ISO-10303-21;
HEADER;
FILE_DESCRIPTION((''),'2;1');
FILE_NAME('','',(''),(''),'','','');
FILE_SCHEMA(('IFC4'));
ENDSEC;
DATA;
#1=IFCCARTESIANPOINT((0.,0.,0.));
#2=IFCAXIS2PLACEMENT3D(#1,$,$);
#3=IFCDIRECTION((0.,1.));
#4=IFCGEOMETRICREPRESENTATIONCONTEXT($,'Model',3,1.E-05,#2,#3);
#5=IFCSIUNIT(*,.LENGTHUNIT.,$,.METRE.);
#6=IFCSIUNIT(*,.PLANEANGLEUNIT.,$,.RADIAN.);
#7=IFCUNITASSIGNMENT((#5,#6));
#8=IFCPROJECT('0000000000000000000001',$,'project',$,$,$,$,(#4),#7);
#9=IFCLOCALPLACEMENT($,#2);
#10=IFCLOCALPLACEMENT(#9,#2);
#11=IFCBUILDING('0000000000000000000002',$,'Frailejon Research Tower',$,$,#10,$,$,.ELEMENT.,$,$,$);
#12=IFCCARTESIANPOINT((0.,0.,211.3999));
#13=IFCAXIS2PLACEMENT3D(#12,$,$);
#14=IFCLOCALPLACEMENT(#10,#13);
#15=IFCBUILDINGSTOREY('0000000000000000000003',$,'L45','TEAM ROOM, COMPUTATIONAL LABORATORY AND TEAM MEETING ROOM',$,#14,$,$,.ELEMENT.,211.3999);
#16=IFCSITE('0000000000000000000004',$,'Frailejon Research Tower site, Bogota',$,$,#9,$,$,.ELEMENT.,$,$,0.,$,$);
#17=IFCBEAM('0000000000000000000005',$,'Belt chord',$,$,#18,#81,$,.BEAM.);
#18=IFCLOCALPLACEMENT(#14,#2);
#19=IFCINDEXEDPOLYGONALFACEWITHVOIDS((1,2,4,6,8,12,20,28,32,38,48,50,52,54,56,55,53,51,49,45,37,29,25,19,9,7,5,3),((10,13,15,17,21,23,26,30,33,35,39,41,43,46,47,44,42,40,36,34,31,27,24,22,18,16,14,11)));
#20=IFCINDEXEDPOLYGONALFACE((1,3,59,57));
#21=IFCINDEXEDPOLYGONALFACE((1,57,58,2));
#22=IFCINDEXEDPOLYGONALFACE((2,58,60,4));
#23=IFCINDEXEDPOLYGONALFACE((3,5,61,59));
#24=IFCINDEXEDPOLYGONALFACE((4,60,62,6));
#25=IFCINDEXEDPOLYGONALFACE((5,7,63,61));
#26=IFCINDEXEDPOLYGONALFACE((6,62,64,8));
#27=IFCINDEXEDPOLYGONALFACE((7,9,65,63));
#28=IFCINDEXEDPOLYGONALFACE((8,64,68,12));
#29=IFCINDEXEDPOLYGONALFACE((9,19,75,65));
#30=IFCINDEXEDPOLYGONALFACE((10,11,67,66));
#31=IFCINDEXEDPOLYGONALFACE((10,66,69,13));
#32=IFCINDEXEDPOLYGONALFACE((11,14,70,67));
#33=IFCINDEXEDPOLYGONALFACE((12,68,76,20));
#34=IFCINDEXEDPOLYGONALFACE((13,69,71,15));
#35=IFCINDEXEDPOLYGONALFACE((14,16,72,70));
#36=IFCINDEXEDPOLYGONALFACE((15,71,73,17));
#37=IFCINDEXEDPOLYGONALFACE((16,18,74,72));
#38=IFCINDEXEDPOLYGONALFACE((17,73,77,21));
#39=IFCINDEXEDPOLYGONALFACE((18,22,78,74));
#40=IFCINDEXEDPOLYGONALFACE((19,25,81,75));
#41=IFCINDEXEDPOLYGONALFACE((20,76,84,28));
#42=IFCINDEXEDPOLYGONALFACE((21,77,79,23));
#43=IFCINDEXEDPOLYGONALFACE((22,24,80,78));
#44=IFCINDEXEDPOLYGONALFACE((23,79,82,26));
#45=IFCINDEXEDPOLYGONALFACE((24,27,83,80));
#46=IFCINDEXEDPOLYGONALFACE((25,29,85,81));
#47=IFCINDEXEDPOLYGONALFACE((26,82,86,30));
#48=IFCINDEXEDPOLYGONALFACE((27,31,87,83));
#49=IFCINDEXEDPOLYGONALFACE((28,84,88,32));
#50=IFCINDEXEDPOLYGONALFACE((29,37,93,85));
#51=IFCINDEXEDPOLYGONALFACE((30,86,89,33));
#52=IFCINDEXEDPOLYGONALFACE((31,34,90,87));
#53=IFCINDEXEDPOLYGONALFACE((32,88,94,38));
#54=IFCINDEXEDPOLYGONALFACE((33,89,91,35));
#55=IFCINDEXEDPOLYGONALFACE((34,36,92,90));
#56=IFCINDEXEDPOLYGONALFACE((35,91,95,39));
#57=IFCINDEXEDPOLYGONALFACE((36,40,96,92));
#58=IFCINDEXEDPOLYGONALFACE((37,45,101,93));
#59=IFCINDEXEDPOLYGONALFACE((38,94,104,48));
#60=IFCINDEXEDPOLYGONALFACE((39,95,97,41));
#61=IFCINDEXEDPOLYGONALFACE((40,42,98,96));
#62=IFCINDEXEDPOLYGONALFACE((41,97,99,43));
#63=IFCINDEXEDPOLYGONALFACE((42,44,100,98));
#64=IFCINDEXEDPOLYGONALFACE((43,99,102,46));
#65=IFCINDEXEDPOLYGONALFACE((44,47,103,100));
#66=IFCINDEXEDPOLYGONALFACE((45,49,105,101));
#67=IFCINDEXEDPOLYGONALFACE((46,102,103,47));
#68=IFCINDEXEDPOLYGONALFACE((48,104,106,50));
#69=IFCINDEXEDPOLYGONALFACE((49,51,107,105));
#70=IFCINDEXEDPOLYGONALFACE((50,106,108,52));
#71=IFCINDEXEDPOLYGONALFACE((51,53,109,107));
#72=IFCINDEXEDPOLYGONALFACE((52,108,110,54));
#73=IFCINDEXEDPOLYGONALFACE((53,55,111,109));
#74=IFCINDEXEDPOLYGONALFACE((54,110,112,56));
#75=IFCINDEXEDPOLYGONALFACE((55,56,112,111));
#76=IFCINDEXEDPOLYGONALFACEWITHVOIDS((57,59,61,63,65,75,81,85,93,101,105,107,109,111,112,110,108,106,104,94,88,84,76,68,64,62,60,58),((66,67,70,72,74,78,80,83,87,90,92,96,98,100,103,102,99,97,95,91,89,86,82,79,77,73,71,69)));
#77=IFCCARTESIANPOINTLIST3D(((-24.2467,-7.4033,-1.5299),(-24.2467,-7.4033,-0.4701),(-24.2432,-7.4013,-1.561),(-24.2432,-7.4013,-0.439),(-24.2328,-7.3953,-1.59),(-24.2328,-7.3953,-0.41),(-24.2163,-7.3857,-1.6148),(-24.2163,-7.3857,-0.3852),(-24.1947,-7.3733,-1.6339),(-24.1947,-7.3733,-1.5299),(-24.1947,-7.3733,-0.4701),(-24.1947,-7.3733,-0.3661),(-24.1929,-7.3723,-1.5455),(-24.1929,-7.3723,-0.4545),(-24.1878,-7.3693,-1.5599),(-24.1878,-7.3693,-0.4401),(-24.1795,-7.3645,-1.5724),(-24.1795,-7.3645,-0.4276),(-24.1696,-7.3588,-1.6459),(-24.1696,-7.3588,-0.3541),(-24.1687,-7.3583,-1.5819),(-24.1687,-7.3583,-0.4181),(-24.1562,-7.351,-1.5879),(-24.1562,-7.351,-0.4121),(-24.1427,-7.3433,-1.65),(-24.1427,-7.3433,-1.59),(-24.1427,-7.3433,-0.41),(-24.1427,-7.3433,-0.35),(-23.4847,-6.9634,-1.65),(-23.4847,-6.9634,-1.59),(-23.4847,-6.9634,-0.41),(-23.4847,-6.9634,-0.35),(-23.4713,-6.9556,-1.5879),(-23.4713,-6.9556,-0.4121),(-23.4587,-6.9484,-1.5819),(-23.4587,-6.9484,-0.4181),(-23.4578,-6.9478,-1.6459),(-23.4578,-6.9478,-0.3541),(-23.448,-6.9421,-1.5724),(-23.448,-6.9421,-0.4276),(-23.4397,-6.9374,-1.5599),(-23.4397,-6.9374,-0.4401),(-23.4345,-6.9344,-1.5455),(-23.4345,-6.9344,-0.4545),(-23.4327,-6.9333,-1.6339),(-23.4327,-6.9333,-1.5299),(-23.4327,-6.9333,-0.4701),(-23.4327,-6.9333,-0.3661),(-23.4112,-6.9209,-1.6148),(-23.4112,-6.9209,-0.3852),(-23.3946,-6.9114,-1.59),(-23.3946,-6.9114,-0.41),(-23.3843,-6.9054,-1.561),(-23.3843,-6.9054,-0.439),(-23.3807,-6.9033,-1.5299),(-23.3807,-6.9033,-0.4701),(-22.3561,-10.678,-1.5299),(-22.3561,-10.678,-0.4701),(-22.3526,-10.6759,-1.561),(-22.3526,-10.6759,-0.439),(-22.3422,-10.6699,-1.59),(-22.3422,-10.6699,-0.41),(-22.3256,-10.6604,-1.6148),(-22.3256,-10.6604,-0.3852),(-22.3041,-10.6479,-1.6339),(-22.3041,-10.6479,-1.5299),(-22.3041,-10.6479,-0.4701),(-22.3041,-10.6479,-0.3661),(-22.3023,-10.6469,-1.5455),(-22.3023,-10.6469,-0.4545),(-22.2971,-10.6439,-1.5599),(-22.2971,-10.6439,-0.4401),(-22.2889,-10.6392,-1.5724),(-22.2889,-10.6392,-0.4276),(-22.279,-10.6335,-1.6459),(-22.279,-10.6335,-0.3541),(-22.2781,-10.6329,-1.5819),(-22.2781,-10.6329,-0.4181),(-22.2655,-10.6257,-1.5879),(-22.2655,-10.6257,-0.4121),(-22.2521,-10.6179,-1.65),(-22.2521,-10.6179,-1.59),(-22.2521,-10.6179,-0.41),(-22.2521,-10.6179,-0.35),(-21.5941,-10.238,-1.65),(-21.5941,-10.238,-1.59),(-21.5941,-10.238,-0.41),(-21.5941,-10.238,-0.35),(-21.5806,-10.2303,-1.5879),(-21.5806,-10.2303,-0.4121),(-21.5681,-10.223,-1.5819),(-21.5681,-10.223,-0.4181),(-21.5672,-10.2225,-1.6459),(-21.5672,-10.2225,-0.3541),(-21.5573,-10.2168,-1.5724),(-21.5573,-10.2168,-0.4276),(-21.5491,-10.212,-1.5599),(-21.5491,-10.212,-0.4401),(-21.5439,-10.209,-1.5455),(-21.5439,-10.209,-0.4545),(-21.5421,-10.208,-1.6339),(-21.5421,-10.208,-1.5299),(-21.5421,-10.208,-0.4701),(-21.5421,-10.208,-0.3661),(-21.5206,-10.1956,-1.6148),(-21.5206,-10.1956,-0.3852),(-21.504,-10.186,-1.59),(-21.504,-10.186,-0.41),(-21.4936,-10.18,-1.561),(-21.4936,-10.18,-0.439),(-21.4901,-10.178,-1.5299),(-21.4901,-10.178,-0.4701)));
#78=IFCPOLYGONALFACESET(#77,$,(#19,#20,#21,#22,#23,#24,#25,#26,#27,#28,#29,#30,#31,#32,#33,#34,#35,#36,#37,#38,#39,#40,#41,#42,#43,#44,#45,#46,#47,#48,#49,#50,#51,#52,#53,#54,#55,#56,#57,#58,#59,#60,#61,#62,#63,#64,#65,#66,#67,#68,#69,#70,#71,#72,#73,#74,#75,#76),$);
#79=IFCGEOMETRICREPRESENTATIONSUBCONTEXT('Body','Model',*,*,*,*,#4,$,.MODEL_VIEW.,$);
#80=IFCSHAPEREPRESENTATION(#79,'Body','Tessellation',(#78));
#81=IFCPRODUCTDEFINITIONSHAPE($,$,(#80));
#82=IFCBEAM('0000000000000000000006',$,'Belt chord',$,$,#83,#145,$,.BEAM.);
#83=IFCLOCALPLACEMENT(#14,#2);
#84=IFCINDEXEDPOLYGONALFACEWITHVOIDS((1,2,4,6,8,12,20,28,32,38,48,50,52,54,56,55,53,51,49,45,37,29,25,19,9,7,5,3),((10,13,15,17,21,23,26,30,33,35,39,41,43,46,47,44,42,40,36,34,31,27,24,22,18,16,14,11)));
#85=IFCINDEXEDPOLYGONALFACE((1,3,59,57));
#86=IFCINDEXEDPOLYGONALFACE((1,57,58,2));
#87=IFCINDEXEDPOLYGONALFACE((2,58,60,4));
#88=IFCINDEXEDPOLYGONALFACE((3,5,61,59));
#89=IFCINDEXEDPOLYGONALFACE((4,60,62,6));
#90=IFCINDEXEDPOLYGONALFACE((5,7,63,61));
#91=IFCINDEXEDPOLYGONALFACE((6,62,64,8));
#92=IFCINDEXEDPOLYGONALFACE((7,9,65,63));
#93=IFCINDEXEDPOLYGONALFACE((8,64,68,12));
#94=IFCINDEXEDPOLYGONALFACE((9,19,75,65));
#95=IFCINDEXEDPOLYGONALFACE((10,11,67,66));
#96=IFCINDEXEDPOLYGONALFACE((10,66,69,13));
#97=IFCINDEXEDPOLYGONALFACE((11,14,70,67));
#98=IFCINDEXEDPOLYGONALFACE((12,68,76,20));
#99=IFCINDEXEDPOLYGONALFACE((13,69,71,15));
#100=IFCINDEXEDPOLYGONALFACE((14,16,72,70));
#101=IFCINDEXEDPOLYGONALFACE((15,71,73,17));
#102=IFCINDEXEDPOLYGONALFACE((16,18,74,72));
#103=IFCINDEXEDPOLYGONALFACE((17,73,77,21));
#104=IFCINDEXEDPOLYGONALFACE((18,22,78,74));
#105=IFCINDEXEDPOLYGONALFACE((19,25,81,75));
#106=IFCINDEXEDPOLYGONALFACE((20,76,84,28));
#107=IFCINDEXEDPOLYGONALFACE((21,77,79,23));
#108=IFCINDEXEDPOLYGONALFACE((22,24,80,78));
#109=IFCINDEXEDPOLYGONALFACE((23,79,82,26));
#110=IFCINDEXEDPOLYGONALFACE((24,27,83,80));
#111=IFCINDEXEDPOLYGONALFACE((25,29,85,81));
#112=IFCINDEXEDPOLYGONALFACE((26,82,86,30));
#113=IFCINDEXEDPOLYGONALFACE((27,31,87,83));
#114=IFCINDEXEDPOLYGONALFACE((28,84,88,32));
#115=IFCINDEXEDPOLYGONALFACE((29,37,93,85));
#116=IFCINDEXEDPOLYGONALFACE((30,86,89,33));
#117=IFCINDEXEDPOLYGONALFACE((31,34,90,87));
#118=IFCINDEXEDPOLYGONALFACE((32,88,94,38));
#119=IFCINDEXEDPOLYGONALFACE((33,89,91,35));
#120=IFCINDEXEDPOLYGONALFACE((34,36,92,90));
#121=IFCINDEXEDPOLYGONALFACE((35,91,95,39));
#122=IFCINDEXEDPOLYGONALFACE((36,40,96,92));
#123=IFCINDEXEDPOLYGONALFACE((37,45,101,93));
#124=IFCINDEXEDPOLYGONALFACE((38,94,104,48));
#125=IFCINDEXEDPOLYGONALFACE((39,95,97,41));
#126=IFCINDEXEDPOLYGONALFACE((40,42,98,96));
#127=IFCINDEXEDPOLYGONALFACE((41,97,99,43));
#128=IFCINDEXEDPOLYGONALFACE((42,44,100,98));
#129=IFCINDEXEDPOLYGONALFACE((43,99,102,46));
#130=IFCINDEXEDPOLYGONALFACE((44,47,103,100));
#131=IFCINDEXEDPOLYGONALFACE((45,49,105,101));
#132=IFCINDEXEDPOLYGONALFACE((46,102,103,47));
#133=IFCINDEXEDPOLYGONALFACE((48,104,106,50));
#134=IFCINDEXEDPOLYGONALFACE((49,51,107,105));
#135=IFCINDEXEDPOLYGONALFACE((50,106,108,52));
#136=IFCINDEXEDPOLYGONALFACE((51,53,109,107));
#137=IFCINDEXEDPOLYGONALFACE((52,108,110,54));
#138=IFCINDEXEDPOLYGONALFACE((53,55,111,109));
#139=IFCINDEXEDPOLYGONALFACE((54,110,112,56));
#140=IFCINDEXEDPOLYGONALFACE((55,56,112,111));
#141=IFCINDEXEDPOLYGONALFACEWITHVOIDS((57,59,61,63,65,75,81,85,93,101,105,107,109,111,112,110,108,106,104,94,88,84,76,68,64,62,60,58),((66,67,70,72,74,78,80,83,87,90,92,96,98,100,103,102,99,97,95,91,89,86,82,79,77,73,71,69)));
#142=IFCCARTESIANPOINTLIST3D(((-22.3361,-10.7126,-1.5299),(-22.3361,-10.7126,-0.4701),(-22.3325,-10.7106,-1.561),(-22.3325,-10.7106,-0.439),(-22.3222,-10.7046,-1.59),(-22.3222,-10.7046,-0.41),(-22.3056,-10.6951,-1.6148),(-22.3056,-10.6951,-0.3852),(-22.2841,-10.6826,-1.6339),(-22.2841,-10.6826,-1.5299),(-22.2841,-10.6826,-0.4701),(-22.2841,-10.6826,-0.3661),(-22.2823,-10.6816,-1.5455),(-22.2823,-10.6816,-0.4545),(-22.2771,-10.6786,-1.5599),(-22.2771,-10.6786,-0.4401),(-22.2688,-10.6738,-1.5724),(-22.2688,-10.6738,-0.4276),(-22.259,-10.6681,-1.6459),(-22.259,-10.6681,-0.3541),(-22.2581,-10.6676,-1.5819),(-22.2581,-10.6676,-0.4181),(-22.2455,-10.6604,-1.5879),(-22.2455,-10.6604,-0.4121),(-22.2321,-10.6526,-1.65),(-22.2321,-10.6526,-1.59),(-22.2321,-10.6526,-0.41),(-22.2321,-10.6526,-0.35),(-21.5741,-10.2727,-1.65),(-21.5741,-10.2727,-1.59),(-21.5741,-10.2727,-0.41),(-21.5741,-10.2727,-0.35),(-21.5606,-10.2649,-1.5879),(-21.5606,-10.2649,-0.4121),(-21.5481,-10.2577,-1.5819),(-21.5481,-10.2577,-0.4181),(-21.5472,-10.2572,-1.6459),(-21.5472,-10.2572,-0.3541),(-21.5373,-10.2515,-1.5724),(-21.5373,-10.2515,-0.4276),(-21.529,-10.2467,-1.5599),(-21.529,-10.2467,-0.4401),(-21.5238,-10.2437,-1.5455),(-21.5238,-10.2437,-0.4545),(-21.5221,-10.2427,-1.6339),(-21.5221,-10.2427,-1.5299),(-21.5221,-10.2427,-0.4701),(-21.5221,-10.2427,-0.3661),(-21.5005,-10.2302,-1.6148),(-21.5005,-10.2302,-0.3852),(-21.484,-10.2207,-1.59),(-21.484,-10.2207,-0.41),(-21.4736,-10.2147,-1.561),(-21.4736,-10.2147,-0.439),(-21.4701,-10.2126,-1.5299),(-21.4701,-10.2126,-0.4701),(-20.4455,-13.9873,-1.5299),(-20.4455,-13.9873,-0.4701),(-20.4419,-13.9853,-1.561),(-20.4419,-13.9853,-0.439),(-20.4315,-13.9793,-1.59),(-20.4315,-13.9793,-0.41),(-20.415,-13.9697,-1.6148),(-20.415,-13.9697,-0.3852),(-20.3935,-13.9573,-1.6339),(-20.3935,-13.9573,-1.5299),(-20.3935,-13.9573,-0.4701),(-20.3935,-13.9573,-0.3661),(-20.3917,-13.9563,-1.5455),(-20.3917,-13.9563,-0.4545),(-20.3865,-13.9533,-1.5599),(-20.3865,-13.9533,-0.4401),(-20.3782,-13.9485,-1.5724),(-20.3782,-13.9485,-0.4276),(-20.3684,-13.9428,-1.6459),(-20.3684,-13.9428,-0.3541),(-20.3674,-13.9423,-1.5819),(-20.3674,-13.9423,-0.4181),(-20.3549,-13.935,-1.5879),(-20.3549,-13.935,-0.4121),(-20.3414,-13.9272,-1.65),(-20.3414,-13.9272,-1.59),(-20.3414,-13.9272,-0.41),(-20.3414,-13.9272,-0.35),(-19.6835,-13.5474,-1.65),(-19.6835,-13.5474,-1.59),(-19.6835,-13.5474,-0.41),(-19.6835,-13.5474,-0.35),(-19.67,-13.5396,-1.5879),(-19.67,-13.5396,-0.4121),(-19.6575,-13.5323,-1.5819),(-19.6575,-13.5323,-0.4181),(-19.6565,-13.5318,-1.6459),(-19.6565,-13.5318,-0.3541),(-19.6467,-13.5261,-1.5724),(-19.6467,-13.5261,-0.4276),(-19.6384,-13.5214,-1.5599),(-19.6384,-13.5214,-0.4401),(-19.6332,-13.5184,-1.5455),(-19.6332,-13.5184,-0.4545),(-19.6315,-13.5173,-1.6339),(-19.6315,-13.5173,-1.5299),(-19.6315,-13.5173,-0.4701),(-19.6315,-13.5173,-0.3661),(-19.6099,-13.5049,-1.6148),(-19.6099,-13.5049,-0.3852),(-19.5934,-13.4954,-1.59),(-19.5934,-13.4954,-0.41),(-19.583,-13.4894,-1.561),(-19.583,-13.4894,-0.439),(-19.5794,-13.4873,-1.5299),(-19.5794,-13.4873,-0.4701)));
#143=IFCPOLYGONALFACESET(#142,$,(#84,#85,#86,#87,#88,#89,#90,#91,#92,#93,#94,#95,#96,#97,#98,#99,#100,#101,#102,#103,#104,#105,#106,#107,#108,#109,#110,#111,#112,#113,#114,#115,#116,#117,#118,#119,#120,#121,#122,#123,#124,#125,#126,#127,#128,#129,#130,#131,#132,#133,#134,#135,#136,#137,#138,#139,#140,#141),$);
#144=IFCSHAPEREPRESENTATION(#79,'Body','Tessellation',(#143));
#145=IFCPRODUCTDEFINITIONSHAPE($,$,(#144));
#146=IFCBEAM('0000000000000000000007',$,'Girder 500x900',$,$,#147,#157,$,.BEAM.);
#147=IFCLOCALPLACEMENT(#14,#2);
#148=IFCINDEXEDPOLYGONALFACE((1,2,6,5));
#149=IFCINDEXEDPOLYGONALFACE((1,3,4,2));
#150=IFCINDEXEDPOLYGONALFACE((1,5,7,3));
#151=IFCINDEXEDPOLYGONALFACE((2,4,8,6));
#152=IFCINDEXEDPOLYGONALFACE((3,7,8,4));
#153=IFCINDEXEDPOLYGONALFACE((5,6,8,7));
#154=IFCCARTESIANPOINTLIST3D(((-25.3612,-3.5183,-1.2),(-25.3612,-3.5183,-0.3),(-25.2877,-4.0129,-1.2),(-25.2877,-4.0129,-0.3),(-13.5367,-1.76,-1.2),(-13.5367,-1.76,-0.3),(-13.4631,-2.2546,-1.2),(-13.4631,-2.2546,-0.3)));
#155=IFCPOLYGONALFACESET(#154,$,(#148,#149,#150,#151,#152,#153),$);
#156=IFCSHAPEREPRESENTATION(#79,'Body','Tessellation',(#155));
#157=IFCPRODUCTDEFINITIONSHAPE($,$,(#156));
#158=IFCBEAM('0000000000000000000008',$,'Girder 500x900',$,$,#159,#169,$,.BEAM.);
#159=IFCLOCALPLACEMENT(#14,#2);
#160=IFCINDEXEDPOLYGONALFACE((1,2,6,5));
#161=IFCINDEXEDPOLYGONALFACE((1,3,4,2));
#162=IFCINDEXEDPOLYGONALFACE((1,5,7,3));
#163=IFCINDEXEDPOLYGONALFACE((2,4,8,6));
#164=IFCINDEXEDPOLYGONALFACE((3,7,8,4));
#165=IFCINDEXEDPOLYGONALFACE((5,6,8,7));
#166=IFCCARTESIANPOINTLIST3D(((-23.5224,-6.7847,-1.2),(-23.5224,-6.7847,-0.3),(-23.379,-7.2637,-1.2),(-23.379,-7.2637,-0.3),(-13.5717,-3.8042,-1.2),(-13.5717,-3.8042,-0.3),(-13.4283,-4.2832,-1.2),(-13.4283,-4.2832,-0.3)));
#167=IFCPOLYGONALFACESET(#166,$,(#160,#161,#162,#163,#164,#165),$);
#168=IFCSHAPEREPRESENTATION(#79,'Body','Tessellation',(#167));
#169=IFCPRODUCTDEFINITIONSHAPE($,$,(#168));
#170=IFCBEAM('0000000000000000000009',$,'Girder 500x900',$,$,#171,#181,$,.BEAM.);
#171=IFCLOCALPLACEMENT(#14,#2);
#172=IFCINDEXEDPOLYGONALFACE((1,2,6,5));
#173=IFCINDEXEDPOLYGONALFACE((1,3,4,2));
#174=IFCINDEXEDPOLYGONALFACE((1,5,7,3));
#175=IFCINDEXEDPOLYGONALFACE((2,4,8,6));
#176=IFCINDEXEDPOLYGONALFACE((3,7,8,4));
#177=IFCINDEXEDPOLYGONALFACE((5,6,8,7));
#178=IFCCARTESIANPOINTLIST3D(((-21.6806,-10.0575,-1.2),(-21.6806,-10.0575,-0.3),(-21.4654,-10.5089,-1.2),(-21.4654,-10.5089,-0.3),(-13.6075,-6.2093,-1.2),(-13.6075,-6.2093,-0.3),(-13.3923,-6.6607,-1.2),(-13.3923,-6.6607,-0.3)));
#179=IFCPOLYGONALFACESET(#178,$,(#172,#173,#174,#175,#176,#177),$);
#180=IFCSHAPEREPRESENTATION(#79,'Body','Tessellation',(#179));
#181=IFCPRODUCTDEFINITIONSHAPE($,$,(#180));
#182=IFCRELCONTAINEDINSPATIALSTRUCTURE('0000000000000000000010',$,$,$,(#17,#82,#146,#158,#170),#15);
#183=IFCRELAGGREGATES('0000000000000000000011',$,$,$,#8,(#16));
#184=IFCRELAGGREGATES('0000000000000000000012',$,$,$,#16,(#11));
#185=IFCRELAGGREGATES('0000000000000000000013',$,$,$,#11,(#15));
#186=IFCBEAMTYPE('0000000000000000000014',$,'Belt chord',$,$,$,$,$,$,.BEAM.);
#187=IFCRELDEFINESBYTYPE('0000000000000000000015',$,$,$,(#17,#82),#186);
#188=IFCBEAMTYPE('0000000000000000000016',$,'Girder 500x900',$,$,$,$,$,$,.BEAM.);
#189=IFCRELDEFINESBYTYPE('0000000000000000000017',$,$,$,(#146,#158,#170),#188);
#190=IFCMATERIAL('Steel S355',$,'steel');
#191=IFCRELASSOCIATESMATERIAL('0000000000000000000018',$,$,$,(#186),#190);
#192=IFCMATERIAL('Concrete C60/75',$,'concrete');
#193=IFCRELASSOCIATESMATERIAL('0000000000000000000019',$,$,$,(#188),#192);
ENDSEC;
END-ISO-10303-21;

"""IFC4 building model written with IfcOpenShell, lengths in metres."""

from ifc_helpers import new_model, si_unit, direction, frame, origin, origin_2d, place, context, subcontext, project, spatial, rectangle, hollow_rectangle, extrude, material, material_profile, profile_set, type_object, element, save


model = new_model("IFC4")

# Units and contexts
model_context = context("Model", 3, precision=1e-05, world=origin(), true_north=direction((0.0, 1.0)))
body_context = subcontext(model_context, "Body", "Model", "MODEL_VIEW")
ifc_project = project(units=[si_unit("LENGTHUNIT", "METRE"), si_unit("PLANEANGLEUNIT", "RADIAN")], contexts=[model_context])

# Site, building, storey
site_placement = place(None, origin())
site = spatial("IfcSite", under=ifc_project, at=site_placement, Name="Frailejon Research Tower site, Bogota", CompositionType="ELEMENT", RefElevation=0.0)
building_placement = place(site_placement, origin())
building = spatial("IfcBuilding", under=site, at=building_placement, Name="Frailejon Research Tower", CompositionType="ELEMENT")
storey_placement = place(building_placement, frame((0.0, 0.0, 211.3999)))
storey = spatial("IfcBuildingStorey", under=building, at=storey_placement, Name="L45", Description="TEAM ROOM, COMPUTATIONAL LABORATORY AND TEAM MEETING ROOM", CompositionType="ELEMENT", Elevation=211.3999)

# Beams
ifc_material_1 = material(Name="Steel S355", Category="steel")
ifc_material_profile_1 = material_profile(ifc_material_1, hollow_rectangle(XDim=1.0, YDim=1.3, WallThickness=0.0601, InnerFilletRadius=0.0601, OuterFilletRadius=0.1201, at=origin_2d()), Name="Belt chord")
ifc_profile_set_1 = profile_set([ifc_material_profile_1], Name="Steel S355")
beam_type_1 = type_object("IfcBeamType", Name="Belt chord", PredefinedType="BEAM", material=ifc_profile_set_1)
for number, where, z_axis, x_axis, name in (
    (1, (-23.8137, -7.1533, -1.0), (0.5, -0.866025, 0.0), (0.866025, 0.5, 0.0), "Belt chord"),
    (2, (-21.9031, -10.4626, -1.0), (0.5, -0.866025, 0.0), (0.866025, 0.5, 0.0), "Belt chord"),
):
    element("IfcBeam", number, at=place(storey_placement, frame(where, z_axis=z_axis, x_axis=x_axis)), inside=storey, type_object=beam_type_1, Name=name, PredefinedType="BEAM", context=body_context, shape_type="SweptSolid", body=[
        extrude(hollow_rectangle(XDim=1.0, YDim=1.3, WallThickness=0.0601, InnerFilletRadius=0.0601, OuterFilletRadius=0.1201, at=origin_2d()), origin(), (0.0, 0.0, 1.0), 3.7812),
    ])
ifc_material_2 = material(Name="Concrete C60/75", Category="concrete")
ifc_material_profile_2 = material_profile(ifc_material_2, rectangle(XDim=0.5, YDim=0.8999, at=origin_2d()), Name="Girder 500x900")
ifc_profile_set_2 = profile_set([ifc_material_profile_2], Name="Concrete C60/75")
beam_type_2 = type_object("IfcBeamType", Name="Girder 500x900", PredefinedType="BEAM", material=ifc_profile_set_2)
beam_1_placement = place(storey_placement, frame((-25.3245, -3.7656, -0.75), z_axis=(0.989124, 0.147083, 0.0), x_axis=(-0.147083, 0.989124, 0.0)))
element("IfcBeam", 3, at=beam_1_placement, inside=storey, type_object=beam_type_2, Name="Girder 500x900", PredefinedType="BEAM", context=body_context, shape_type="SweptSolid", body=[
    extrude(rectangle(XDim=0.5, YDim=0.8999, at=origin_2d()), origin(), (0.0, 0.0, 1.0), 11.9546),
])
beam_2_placement = place(storey_placement, frame((-23.4507, -7.0242, -0.75), z_axis=(0.957952, 0.28693, 0.0), x_axis=(-0.28693, 0.957952, 0.0)))
element("IfcBeam", 4, at=beam_2_placement, inside=storey, type_object=beam_type_2, Name="Girder 500x900", PredefinedType="BEAM", context=body_context, shape_type="SweptSolid", body=[
    extrude(rectangle(XDim=0.5, YDim=0.8999, at=origin_2d()), origin(), (0.0, 0.0, 1.0), 10.3875),
])
beam_3_placement = place(storey_placement, frame((-21.573, -10.2832, -0.75), z_axis=(0.902693, 0.430285, 0.0), x_axis=(-0.430285, 0.902693, 0.0)))
element("IfcBeam", 5, at=beam_3_placement, inside=storey, type_object=beam_type_2, Name="Girder 500x900", PredefinedType="BEAM", context=body_context, shape_type="SweptSolid", body=[
    extrude(rectangle(XDim=0.5, YDim=0.8999, at=origin_2d()), origin(), (0.0, 0.0, 1.0), 8.9434),
])

save(model, "model.ifc")
